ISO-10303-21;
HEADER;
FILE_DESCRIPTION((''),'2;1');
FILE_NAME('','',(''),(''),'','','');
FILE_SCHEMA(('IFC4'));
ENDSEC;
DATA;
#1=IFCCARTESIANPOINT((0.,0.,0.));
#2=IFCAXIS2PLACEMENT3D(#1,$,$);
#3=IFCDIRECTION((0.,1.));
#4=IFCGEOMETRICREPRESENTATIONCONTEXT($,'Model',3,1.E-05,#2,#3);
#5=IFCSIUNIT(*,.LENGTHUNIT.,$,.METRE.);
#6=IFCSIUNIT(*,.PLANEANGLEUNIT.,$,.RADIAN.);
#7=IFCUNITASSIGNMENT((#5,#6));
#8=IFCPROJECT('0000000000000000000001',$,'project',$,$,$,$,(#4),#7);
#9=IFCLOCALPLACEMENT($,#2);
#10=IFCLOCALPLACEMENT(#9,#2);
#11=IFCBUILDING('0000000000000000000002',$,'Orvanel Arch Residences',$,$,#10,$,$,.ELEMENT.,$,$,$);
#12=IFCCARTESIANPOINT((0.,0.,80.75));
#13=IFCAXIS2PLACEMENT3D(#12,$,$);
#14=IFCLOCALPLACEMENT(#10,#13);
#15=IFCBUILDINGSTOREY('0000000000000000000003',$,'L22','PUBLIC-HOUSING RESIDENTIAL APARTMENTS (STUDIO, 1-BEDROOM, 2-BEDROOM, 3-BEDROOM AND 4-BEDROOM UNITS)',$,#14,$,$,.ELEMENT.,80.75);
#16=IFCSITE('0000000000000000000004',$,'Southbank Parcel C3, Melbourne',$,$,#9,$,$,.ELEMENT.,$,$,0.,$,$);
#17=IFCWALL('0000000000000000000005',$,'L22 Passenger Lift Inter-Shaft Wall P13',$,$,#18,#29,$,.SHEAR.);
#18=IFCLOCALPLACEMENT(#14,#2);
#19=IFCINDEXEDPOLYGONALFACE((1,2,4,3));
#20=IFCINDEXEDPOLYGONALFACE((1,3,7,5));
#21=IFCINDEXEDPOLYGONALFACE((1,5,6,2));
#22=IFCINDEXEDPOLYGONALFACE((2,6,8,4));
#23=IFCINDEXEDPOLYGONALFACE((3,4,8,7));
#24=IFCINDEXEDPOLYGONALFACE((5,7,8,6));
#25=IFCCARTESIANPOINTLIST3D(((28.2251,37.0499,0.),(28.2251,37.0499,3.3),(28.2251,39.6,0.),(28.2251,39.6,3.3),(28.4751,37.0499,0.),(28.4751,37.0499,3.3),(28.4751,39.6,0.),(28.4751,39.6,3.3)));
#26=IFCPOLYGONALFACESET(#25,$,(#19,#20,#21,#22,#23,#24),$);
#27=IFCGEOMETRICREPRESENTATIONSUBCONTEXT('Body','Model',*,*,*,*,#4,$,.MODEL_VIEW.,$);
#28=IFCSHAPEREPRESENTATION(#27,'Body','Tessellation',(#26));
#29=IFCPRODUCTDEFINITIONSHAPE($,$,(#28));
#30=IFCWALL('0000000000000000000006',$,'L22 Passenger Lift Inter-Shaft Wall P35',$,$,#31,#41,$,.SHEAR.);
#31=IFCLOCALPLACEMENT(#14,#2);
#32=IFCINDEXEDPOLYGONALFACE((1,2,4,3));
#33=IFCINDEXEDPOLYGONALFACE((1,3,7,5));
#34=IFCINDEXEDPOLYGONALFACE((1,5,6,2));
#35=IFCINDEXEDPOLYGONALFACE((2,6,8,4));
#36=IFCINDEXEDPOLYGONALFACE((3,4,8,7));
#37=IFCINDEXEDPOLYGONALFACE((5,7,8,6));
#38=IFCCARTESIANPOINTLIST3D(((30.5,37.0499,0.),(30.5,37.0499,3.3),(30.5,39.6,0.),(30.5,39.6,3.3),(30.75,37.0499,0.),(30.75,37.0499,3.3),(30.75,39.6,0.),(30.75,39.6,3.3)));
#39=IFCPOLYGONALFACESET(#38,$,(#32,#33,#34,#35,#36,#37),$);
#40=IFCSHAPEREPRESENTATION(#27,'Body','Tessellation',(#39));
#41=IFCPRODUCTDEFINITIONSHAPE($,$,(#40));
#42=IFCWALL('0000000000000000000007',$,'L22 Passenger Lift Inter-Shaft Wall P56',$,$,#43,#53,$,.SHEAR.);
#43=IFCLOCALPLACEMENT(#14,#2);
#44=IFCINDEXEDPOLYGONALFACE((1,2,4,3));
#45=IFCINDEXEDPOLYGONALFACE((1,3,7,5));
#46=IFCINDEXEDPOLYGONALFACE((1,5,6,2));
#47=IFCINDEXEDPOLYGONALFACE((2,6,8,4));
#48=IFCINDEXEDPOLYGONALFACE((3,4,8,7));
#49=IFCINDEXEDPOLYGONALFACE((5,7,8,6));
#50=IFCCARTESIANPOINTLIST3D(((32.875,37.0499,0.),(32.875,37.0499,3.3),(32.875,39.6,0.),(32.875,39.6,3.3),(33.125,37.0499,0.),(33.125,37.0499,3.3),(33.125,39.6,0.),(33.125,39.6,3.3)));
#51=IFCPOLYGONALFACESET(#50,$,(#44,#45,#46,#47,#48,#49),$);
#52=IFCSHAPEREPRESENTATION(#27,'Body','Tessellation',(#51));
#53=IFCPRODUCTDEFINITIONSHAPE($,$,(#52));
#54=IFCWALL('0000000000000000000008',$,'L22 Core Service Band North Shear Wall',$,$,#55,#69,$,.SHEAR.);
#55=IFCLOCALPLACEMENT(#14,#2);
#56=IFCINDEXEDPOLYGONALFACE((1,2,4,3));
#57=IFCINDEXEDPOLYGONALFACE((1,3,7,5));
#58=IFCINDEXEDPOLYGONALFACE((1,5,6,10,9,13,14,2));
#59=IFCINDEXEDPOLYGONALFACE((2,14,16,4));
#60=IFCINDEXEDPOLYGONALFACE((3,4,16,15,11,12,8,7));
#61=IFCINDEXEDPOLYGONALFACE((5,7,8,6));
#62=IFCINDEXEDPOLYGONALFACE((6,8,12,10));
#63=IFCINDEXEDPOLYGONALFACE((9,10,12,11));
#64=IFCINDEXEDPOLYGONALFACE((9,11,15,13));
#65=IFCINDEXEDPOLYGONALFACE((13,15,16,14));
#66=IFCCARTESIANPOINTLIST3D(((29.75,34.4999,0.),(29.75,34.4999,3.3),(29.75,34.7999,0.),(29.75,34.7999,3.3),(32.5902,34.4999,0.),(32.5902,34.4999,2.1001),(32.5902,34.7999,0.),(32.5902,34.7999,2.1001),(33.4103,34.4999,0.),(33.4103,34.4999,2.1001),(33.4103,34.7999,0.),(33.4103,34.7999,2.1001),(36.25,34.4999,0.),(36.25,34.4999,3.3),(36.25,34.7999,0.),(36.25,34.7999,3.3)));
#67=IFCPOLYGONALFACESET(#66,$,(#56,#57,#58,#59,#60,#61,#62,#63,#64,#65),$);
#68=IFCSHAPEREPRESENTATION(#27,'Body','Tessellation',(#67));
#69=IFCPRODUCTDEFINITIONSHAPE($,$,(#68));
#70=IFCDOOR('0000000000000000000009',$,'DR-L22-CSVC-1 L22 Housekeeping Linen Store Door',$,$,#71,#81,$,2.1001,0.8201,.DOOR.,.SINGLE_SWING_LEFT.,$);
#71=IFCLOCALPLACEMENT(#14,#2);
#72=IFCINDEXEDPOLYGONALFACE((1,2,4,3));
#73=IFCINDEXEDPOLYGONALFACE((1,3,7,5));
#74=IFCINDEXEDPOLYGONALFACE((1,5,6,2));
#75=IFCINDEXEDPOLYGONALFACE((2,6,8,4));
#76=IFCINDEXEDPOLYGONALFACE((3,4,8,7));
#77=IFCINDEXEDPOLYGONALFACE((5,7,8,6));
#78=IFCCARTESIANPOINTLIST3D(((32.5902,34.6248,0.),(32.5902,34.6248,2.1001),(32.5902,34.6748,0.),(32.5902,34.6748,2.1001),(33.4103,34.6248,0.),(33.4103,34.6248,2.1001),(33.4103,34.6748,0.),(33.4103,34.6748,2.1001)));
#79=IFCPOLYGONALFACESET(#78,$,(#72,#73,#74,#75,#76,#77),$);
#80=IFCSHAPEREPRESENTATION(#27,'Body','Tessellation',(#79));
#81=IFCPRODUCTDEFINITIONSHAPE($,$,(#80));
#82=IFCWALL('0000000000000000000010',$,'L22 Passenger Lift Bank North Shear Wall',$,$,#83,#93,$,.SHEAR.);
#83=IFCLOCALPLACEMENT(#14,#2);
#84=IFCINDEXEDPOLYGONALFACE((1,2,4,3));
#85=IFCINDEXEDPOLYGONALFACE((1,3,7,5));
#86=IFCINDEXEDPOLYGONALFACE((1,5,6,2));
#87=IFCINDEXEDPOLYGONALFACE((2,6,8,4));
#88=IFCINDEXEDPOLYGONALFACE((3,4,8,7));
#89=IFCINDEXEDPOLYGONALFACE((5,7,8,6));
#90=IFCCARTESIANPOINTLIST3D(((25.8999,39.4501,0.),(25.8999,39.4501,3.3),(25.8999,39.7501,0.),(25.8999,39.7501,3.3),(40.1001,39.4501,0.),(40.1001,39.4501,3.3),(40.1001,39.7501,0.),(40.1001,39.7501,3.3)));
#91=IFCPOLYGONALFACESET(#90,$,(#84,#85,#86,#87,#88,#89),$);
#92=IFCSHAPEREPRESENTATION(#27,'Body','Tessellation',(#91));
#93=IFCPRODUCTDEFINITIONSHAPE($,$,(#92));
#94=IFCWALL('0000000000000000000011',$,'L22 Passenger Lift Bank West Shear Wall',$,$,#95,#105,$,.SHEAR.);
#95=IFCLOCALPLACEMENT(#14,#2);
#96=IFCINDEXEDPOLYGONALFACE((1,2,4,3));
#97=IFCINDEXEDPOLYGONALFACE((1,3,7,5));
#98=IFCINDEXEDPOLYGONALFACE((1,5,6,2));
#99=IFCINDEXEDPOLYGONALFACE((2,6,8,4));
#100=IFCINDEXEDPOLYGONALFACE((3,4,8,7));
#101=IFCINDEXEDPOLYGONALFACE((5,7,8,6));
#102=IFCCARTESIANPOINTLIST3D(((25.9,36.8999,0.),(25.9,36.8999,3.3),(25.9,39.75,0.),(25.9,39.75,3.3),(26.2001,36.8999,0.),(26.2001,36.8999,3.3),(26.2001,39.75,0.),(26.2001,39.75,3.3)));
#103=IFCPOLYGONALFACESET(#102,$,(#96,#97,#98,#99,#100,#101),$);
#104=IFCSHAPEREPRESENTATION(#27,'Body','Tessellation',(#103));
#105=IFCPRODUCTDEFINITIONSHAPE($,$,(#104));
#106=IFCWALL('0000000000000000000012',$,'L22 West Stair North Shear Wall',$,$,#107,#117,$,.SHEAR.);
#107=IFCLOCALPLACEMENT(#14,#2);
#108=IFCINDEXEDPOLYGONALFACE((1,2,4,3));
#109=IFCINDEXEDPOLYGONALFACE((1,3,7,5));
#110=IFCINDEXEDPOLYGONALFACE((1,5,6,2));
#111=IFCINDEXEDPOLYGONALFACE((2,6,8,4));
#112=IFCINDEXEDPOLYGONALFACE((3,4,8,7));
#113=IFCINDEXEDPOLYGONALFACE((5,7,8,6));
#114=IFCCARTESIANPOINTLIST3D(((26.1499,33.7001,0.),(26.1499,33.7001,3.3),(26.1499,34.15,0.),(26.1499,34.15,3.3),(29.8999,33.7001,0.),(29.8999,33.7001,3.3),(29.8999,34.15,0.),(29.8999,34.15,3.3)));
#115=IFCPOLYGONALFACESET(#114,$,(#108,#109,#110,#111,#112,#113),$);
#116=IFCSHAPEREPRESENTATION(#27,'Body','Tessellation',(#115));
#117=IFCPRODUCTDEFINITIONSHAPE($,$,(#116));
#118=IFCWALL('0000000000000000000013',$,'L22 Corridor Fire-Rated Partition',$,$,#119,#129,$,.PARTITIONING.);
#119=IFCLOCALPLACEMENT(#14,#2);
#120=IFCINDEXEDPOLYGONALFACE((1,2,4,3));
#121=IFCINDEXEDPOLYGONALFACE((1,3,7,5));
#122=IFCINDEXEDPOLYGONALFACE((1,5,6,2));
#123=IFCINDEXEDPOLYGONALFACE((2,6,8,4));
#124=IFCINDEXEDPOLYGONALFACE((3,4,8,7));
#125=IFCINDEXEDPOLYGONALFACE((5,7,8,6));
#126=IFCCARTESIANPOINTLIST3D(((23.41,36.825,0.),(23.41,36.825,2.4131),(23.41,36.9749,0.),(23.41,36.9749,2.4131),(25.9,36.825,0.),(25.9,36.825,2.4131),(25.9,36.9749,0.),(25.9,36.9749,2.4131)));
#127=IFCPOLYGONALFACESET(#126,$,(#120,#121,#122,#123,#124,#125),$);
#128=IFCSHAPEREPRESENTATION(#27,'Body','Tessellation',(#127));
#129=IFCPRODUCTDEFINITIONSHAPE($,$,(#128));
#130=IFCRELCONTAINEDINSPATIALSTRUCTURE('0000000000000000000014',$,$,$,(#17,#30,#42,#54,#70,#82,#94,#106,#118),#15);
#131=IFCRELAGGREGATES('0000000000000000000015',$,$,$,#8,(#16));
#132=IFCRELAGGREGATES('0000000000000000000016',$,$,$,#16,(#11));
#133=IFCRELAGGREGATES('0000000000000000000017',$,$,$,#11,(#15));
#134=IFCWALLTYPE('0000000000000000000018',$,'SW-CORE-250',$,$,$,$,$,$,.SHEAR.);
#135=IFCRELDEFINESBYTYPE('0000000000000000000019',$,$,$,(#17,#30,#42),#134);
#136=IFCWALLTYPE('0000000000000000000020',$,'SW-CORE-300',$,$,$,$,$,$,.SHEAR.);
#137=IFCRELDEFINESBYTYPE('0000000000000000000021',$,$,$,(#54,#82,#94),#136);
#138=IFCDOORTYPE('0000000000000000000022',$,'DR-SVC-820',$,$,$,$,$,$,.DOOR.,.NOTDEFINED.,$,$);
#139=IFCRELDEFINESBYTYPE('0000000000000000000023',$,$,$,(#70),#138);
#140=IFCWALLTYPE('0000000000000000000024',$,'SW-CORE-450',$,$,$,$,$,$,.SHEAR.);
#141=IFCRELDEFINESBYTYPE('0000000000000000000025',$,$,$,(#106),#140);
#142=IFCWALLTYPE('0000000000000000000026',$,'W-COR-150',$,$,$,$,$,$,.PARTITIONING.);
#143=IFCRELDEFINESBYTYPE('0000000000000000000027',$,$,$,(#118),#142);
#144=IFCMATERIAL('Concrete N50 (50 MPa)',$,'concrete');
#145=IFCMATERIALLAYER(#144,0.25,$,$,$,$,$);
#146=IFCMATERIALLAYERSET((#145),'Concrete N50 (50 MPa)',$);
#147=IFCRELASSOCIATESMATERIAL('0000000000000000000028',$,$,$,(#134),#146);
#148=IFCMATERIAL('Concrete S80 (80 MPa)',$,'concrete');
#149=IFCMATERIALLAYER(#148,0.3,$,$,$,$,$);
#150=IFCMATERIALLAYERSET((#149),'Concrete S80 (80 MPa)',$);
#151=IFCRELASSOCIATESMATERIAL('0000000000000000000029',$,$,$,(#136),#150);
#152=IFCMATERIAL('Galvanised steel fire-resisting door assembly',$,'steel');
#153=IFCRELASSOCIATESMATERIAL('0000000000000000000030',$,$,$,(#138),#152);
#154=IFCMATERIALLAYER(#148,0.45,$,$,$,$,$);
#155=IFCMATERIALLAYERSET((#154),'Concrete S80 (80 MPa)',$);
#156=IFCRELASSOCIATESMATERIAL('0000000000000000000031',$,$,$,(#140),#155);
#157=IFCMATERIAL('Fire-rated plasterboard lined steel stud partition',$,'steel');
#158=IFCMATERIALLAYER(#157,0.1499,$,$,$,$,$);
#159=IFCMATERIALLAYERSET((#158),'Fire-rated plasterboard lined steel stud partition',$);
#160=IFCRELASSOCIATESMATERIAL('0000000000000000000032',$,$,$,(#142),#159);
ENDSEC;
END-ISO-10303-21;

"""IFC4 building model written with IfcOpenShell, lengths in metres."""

from ifc_helpers import new_model, si_unit, direction, frame, frame_2d, origin, place, context, subcontext, project, spatial, rectangle, extrude, material, layer, layer_set, type_object, element, fill, save


model = new_model("IFC4")

# Units and contexts
model_context = context("Model", 3, precision=1e-05, world=origin(), true_north=direction((0.0, 1.0)))
body_context = subcontext(model_context, "Body", "Model", "MODEL_VIEW")
ifc_project = project(units=[si_unit("LENGTHUNIT", "METRE"), si_unit("PLANEANGLEUNIT", "RADIAN")], contexts=[model_context])

# Site, building, storey
site_placement = place(None, origin())
site = spatial("IfcSite", under=ifc_project, at=site_placement, Name="Southbank Parcel C3, Melbourne", CompositionType="ELEMENT", RefElevation=0.0)
building_placement = place(site_placement, origin())
building = spatial("IfcBuilding", under=site, at=building_placement, Name="Orvanel Arch Residences", CompositionType="ELEMENT")
storey_placement = place(building_placement, frame((0.0, 0.0, 80.75)))
storey = spatial("IfcBuildingStorey", under=building, at=storey_placement, Name="L22", Description="PUBLIC-HOUSING RESIDENTIAL APARTMENTS (STUDIO, 1-BEDROOM, 2-BEDROOM, 3-BEDROOM AND 4-BEDROOM UNITS)", CompositionType="ELEMENT", Elevation=80.75)

# Walls
ifc_material_1 = material(Name="Concrete N50 (50 MPa)", Category="concrete")
ifc_layer_1 = layer(ifc_material_1, 0.25)
ifc_layer_set_1 = layer_set([ifc_layer_1], Name="Concrete N50 (50 MPa)")
wall_type_1 = type_object("IfcWallType", Name="SW-CORE-250", PredefinedType="SHEAR", material=ifc_layer_set_1)
for number, where, z_axis, x_axis, name in (
    (1, (28.3501, 37.05, 0.0), (0.0, 0.0, 1.0), (0.0, 1.0, 0.0), "L22 Passenger Lift Inter-Shaft Wall P13"),
    (2, (30.625, 37.05, 0.0), (0.0, 0.0, 1.0), (0.0, 1.0, 0.0), "L22 Passenger Lift Inter-Shaft Wall P35"),
    (3, (33.0, 37.05, 0.0), (0.0, 0.0, 1.0), (0.0, 1.0, 0.0), "L22 Passenger Lift Inter-Shaft Wall P56"),
):
    element("IfcWall", number, at=place(storey_placement, frame(where, z_axis=z_axis, x_axis=x_axis)), inside=storey, type_object=wall_type_1, Name=name, PredefinedType="SHEAR", context=body_context, shape_type="SweptSolid", body=[
        extrude(rectangle(XDim=2.55, YDim=0.25, at=frame_2d((1.2749, 0.0))), origin(), (0.0, 0.0, 1.0), 3.3),
    ])

# Wall, opening, door
ifc_material_2 = material(Name="Concrete S80 (80 MPa)", Category="concrete")
ifc_layer_2 = layer(ifc_material_2, 0.3)
ifc_layer_set_2 = layer_set([ifc_layer_2], Name="Concrete S80 (80 MPa)")
wall_type_2 = type_object("IfcWallType", Name="SW-CORE-300", PredefinedType="SHEAR", material=ifc_layer_set_2)
wall_1_placement = place(storey_placement, frame((29.75, 34.6499, 0.0), z_axis=(0.0, 0.0, 1.0), x_axis=(1.0, 0.0, 0.0)))
wall_1 = element("IfcWall", 4, at=wall_1_placement, inside=storey, type_object=wall_type_2, Name="L22 Core Service Band North Shear Wall", PredefinedType="SHEAR", context=body_context, shape_type="SweptSolid", body=[
    extrude(rectangle(XDim=6.5, YDim=0.3, at=frame_2d((3.25, 0.0))), origin(), (0.0, 0.0, 1.0), 3.3),
])
opening_1_placement = place(wall_1_placement, frame((2.8401, 0.0, 0.0)))
opening_1 = element("IfcOpeningElement", 5, at=opening_1_placement, cuts=wall_1, PredefinedType="OPENING", context=body_context, shape_type="SweptSolid", body=[
    extrude(rectangle(XDim=0.8201, YDim=2.1001, at=frame_2d((0.4102, 1.05))), frame((0.0, 0.1599, 0.0), z_axis=(0.0, -1.0, 0.0), x_axis=(1.0, 0.0, 0.0)), (0.0, 0.0, 1.0), 0.3201),
])
ifc_material_3 = material(Name="Galvanised steel fire-resisting door assembly", Category="steel")
door_type_1 = type_object("IfcDoorType", Name="DR-SVC-820", OperationType="NOTDEFINED", PredefinedType="DOOR", material=ifc_material_3)
door_1_placement = place(opening_1_placement, origin())
door_1 = element("IfcDoor", 6, at=door_1_placement, inside=storey, type_object=door_type_1, Name="DR-L22-CSVC-1 L22 Housekeeping Linen Store Door", OperationType="SINGLE_SWING_LEFT", OverallHeight=2.1001, OverallWidth=0.8201, PredefinedType="DOOR", context=body_context, shape_type="SweptSolid", body=[
    extrude(rectangle(XDim=0.8201, YDim=2.1001, at=frame_2d((0.4102, 1.05))), frame((0.0, 0.0249, 0.0), z_axis=(0.0, -1.0, 0.0), x_axis=(1.0, 0.0, 0.0)), (0.0, 0.0, 1.0), 0.05),
])
fill(opening_1, door_1)

# Walls
wall_2_placement = place(storey_placement, frame((25.8999, 39.6001, 0.0), z_axis=(0.0, 0.0, 1.0), x_axis=(1.0, 0.0, 0.0)))
element("IfcWall", 7, at=wall_2_placement, inside=storey, type_object=wall_type_2, Name="L22 Passenger Lift Bank North Shear Wall", PredefinedType="SHEAR", context=body_context, shape_type="SweptSolid", body=[
    extrude(rectangle(XDim=14.2002, YDim=0.3, at=frame_2d((7.1001, 0.0))), origin(), (0.0, 0.0, 1.0), 3.3),
])
wall_3_placement = place(storey_placement, frame((26.05, 36.8999, 0.0), z_axis=(0.0, 0.0, 1.0), x_axis=(0.0, 1.0, 0.0)))
element("IfcWall", 8, at=wall_3_placement, inside=storey, type_object=wall_type_2, Name="L22 Passenger Lift Bank West Shear Wall", PredefinedType="SHEAR", context=body_context, shape_type="SweptSolid", body=[
    extrude(rectangle(XDim=2.8501, YDim=0.3, at=frame_2d((1.425, 0.0))), origin(), (0.0, 0.0, 1.0), 3.3),
])
ifc_layer_3 = layer(ifc_material_2, 0.45)
ifc_layer_set_3 = layer_set([ifc_layer_3], Name="Concrete S80 (80 MPa)")
wall_type_3 = type_object("IfcWallType", Name="SW-CORE-450", PredefinedType="SHEAR", material=ifc_layer_set_3)
wall_4_placement = place(storey_placement, frame((26.1499, 33.925, 0.0), z_axis=(0.0, 0.0, 1.0), x_axis=(1.0, 0.0, 0.0)))
element("IfcWall", 9, at=wall_4_placement, inside=storey, type_object=wall_type_3, Name="L22 West Stair North Shear Wall", PredefinedType="SHEAR", context=body_context, shape_type="SweptSolid", body=[
    extrude(rectangle(XDim=3.75, YDim=0.45, at=frame_2d((1.875, 0.0))), origin(), (0.0, 0.0, 1.0), 3.3),
])
ifc_material_4 = material(Name="Fire-rated plasterboard lined steel stud partition", Category="steel")
ifc_layer_4 = layer(ifc_material_4, 0.1499)
ifc_layer_set_4 = layer_set([ifc_layer_4], Name="Fire-rated plasterboard lined steel stud partition")
wall_type_4 = type_object("IfcWallType", Name="W-COR-150", PredefinedType="PARTITIONING", material=ifc_layer_set_4)
wall_5_placement = place(storey_placement, frame((23.4099, 36.8999, 0.0), z_axis=(0.0, 0.0, 1.0), x_axis=(1.0, 0.0, 0.0)))
element("IfcWall", 10, at=wall_5_placement, inside=storey, type_object=wall_type_4, Name="L22 Corridor Fire-Rated Partition", PredefinedType="PARTITIONING", context=body_context, shape_type="SweptSolid", body=[
    extrude(rectangle(XDim=2.49, YDim=0.1499, at=frame_2d((1.2451, 0.0))), origin(), (0.0, 0.0, 1.0), 2.4131),
])

save(model, "model.ifc")
